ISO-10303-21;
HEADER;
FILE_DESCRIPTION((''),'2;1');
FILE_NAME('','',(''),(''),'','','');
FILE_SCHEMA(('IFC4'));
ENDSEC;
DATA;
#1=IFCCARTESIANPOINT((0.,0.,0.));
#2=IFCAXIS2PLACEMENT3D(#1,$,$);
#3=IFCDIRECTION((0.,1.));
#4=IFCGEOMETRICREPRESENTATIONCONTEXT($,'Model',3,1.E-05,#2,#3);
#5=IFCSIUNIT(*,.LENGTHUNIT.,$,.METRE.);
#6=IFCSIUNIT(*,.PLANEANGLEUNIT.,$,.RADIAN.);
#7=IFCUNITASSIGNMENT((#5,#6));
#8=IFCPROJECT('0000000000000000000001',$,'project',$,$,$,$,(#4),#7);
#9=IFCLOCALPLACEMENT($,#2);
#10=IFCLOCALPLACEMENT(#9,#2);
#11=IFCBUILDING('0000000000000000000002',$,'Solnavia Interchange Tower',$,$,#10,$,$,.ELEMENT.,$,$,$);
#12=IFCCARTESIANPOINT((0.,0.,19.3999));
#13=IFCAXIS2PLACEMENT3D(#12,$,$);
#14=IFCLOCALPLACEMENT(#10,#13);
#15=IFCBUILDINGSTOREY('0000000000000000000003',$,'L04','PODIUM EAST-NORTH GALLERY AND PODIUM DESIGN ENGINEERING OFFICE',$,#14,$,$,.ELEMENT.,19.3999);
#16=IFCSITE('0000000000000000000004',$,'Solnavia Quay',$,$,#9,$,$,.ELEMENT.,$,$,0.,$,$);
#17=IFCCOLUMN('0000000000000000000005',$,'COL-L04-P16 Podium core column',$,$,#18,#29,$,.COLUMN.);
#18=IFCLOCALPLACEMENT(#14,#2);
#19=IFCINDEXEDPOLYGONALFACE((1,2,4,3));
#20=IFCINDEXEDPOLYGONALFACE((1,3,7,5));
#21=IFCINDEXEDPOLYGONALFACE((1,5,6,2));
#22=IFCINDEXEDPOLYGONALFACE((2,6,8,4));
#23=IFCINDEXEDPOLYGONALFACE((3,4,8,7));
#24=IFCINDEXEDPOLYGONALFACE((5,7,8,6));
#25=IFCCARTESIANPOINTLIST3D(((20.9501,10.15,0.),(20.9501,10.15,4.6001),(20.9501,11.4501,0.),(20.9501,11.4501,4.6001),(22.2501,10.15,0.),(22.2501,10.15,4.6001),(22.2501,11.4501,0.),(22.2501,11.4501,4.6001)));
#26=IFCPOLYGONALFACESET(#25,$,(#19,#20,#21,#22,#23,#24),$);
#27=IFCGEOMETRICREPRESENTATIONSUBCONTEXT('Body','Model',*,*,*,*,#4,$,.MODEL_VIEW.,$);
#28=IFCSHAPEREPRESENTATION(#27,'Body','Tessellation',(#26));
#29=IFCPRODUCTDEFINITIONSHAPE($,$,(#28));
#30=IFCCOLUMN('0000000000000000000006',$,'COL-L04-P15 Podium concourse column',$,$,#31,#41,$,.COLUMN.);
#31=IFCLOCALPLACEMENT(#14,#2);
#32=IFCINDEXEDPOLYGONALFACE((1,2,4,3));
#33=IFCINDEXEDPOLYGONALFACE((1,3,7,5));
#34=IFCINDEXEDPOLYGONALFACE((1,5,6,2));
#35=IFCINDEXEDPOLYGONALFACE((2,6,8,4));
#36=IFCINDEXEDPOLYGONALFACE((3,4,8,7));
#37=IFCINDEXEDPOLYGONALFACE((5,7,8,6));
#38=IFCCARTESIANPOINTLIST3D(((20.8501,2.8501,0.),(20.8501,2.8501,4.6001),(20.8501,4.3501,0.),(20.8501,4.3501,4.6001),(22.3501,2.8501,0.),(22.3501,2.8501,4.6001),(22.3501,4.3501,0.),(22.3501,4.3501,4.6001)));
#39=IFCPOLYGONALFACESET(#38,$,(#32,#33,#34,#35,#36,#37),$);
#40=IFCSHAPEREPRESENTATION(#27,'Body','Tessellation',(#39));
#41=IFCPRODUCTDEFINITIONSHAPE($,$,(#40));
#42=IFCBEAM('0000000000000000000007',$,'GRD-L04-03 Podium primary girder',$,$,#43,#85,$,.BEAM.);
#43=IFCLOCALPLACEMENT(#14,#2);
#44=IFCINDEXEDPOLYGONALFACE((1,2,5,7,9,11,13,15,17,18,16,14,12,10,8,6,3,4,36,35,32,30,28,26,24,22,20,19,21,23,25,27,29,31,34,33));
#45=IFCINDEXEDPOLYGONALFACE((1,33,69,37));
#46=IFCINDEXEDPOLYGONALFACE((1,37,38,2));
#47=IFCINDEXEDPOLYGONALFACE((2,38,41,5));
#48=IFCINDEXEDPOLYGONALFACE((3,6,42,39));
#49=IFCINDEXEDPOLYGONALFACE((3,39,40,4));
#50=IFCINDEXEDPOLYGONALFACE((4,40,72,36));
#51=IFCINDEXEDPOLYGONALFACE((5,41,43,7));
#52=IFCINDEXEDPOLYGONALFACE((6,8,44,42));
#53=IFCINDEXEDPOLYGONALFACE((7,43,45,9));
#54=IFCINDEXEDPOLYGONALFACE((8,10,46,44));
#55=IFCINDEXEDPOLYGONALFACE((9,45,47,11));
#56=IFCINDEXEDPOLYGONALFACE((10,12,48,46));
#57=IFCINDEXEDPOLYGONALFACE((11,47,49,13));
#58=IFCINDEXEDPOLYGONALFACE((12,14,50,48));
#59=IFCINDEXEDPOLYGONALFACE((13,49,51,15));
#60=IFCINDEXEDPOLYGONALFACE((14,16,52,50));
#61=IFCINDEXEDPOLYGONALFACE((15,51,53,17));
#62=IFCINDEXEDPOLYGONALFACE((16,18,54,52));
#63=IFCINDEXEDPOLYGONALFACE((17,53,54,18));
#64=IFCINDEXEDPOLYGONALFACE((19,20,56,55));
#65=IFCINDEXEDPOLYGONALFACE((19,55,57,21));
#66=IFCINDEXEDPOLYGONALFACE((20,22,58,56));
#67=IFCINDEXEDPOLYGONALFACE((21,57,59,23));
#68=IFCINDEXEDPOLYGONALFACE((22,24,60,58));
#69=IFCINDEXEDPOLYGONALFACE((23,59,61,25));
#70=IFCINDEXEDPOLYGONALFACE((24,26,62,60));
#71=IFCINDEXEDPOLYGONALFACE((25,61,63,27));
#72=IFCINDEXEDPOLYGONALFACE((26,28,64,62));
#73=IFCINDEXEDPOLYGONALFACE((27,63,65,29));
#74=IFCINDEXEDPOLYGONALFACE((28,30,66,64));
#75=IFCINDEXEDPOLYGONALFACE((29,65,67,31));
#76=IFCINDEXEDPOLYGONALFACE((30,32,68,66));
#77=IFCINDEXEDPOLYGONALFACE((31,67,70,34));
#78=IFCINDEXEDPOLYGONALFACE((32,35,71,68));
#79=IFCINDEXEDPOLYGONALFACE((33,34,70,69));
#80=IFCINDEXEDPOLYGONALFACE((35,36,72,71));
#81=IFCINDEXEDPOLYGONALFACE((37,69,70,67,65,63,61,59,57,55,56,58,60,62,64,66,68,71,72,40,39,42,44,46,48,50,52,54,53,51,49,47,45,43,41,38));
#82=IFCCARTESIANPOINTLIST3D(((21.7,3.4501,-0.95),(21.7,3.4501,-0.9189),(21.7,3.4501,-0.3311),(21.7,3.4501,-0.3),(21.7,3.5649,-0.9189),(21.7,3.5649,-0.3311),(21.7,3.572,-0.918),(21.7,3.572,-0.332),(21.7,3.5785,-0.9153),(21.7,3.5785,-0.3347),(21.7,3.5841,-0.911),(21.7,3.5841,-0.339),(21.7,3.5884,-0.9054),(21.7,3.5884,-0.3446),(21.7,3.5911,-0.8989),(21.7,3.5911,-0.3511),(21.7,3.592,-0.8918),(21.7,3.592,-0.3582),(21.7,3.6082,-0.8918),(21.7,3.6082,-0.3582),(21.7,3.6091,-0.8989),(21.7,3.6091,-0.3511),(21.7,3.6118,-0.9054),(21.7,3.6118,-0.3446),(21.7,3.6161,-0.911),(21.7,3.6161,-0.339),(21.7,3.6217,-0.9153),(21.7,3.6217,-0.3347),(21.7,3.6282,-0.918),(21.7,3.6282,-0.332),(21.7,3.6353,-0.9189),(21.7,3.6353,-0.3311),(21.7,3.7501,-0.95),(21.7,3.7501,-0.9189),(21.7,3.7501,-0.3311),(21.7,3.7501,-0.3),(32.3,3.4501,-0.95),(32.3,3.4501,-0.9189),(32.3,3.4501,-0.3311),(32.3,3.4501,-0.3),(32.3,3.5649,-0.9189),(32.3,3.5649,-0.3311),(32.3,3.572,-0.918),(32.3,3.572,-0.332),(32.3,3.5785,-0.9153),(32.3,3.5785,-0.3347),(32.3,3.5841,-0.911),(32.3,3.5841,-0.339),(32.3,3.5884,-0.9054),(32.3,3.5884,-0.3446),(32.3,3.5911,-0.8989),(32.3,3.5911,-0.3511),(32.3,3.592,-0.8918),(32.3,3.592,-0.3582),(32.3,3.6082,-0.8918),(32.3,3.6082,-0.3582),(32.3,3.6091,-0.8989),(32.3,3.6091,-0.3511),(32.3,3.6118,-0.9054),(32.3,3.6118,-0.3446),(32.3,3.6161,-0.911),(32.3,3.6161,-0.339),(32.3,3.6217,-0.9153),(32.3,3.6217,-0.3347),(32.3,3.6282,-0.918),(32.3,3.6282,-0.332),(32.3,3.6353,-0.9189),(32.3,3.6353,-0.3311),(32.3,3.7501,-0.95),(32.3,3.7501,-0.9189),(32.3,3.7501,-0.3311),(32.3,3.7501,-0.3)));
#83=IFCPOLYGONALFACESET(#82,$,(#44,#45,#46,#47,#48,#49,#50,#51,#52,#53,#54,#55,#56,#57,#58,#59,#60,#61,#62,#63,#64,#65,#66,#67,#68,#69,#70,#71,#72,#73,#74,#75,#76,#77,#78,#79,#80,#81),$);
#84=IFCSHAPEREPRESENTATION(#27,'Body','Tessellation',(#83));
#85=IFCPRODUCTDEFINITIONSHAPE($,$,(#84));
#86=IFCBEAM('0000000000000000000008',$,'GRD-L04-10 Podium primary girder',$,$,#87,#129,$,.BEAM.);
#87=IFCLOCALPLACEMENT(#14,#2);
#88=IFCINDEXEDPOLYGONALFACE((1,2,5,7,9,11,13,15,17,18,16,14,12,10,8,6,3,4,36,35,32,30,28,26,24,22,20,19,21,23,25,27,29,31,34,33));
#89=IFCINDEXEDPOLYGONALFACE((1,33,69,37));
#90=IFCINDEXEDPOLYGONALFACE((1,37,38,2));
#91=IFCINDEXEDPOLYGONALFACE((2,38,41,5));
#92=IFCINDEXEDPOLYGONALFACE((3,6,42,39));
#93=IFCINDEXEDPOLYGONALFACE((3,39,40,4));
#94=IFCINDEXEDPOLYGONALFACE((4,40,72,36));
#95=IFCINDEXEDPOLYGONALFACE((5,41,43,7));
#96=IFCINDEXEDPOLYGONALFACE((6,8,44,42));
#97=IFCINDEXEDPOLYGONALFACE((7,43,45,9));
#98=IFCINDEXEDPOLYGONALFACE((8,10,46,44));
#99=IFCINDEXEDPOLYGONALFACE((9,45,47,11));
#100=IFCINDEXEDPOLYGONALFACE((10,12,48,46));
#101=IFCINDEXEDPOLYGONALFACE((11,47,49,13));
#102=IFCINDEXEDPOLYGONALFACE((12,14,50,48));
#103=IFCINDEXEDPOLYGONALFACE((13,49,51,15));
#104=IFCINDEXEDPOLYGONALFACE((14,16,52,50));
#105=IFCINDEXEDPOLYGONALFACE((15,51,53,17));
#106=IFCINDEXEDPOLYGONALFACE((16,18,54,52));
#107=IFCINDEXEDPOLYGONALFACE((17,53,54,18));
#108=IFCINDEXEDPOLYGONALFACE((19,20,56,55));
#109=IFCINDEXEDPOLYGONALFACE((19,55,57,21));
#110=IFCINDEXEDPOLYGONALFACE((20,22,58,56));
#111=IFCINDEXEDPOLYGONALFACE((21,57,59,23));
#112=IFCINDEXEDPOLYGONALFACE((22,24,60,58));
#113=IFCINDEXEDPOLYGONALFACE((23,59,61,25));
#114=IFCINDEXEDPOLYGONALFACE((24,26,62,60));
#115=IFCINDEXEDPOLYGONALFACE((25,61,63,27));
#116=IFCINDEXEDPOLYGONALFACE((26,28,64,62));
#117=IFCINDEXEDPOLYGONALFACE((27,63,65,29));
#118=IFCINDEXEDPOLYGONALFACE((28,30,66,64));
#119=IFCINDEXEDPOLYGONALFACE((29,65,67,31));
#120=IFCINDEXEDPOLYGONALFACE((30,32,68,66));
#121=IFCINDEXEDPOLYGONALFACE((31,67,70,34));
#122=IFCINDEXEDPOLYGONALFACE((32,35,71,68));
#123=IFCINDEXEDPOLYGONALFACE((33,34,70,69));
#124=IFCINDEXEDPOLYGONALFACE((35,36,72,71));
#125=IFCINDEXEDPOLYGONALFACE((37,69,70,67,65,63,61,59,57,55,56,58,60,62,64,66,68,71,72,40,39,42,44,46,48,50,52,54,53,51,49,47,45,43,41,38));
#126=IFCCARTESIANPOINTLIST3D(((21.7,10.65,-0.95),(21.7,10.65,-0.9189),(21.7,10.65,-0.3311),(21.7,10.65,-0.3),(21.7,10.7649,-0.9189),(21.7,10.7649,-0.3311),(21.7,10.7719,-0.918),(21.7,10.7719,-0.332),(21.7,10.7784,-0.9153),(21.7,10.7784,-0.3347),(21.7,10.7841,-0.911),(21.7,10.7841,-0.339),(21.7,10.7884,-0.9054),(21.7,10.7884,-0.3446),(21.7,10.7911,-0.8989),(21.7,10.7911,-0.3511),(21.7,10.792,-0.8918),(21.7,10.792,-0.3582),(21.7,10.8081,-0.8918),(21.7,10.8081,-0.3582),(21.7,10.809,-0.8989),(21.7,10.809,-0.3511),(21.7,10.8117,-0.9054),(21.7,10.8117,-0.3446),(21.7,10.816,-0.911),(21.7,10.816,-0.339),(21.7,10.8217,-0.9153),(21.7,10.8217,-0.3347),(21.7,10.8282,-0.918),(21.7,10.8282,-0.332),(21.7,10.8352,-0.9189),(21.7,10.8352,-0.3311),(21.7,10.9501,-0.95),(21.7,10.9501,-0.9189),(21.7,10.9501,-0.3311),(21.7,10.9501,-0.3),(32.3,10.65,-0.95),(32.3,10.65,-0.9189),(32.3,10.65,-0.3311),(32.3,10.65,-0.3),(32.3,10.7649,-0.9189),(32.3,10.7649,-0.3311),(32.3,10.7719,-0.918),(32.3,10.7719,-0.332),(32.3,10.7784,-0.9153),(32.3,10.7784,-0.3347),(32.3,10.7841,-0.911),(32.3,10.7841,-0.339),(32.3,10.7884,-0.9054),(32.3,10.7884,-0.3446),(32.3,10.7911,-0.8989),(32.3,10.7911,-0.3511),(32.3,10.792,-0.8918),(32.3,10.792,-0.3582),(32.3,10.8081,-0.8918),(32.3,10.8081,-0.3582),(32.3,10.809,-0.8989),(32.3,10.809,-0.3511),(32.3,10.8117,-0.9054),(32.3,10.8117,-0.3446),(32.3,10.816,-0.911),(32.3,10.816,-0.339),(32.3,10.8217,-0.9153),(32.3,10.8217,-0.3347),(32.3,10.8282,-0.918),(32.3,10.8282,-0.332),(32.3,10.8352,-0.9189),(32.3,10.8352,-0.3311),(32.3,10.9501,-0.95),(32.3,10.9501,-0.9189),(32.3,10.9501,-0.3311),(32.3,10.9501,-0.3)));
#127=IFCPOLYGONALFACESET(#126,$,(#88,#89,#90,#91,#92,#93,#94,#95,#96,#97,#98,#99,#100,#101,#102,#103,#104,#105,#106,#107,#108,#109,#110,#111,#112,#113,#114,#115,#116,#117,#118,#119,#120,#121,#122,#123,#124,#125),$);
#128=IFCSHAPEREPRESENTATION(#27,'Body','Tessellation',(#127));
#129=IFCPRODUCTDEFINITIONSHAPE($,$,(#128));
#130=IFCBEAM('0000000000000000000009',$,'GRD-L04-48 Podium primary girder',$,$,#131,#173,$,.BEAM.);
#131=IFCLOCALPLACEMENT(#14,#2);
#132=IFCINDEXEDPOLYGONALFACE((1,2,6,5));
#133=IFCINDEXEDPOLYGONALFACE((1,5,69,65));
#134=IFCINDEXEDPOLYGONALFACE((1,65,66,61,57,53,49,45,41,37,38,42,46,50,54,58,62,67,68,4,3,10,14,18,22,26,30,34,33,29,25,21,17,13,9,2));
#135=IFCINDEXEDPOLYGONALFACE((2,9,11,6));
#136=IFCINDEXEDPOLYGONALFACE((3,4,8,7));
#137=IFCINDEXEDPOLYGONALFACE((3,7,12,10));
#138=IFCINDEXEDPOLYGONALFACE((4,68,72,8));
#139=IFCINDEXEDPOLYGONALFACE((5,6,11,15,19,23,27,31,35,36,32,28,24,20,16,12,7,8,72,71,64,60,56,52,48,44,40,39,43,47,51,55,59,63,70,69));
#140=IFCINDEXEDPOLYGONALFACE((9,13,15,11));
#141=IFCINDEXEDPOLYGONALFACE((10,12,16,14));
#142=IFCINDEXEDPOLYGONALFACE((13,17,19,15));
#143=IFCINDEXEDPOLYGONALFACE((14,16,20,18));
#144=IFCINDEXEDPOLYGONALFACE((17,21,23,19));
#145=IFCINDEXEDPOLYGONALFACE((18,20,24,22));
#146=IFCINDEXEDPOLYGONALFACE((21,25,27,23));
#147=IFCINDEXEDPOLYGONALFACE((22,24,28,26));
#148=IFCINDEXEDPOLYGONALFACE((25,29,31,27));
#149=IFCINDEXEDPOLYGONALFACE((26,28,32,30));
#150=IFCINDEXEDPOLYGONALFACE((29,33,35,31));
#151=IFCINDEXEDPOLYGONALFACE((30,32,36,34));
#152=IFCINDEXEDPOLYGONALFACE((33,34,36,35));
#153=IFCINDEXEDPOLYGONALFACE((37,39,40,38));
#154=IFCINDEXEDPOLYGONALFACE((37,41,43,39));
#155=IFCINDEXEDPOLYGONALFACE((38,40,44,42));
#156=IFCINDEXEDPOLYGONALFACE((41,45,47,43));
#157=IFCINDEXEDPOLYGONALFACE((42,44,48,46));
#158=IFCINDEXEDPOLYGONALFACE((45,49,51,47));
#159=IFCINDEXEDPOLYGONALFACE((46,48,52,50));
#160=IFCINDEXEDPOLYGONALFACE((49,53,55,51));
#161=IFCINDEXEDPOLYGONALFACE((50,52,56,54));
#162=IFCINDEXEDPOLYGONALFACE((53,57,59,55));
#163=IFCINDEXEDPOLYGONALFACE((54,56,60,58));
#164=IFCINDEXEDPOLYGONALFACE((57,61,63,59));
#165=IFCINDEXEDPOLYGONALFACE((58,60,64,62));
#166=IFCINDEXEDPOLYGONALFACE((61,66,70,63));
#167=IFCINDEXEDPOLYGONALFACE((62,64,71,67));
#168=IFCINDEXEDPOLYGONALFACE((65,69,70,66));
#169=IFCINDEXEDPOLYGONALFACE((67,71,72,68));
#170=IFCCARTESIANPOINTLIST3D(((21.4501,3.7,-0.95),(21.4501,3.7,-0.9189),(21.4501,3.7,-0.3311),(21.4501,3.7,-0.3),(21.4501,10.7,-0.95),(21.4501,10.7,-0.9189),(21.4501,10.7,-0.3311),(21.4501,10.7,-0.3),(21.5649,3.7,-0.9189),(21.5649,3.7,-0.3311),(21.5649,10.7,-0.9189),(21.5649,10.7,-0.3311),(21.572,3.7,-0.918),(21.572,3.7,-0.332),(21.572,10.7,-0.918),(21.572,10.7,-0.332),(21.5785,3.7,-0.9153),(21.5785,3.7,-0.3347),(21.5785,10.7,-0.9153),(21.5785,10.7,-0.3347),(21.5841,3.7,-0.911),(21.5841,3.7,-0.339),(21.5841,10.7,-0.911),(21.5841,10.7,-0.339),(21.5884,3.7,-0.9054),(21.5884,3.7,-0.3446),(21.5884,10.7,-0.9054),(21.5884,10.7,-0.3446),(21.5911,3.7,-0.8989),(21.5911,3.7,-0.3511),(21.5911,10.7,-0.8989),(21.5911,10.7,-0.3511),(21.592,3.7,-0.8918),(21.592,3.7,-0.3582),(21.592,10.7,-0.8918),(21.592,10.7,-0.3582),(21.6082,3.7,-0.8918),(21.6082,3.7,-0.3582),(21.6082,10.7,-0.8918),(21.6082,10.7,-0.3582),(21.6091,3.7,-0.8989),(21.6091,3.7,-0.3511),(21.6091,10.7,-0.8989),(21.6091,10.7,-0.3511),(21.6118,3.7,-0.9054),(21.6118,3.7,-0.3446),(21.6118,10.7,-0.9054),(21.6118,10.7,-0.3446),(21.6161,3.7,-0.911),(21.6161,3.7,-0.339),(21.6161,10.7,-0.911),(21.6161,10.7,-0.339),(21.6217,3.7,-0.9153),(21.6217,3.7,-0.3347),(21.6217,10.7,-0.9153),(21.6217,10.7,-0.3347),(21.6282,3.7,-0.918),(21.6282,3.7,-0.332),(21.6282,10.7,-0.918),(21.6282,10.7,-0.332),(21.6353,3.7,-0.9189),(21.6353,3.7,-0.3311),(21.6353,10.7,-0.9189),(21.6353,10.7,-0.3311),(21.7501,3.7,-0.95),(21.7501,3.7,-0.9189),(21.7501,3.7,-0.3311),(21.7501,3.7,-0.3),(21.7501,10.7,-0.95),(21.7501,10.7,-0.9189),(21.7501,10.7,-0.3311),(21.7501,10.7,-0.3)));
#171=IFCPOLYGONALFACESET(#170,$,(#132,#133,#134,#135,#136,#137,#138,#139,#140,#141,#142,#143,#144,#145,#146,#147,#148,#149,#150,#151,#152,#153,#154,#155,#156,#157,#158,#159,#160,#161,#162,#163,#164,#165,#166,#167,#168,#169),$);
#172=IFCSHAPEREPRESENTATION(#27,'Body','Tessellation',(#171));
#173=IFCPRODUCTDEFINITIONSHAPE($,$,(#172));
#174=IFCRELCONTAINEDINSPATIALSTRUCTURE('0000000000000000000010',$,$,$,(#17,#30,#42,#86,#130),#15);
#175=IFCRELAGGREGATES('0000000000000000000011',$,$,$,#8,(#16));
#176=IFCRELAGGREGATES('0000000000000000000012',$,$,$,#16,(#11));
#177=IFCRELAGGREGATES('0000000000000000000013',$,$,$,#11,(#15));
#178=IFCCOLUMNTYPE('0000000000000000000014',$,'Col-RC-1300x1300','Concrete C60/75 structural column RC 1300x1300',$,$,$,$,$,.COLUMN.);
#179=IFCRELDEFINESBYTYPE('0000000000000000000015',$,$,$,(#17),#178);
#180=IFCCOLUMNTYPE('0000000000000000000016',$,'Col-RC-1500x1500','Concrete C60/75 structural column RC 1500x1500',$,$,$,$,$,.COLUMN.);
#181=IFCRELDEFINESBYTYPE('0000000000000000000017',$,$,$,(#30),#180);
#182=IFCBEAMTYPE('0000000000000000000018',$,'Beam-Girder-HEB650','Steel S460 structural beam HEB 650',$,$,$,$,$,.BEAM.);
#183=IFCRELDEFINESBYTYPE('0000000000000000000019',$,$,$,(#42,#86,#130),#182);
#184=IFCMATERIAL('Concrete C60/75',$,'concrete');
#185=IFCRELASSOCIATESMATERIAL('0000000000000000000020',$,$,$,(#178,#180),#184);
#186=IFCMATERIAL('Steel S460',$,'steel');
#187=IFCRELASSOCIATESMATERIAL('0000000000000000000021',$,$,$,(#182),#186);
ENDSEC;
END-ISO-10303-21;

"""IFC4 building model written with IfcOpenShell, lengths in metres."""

from ifc_helpers import new_model, si_unit, direction, frame, origin, origin_2d, place, context, subcontext, project, spatial, rectangle, i_section, extrude, material, material_profile, profile_set, type_object, element, save


model = new_model("IFC4")

# Units and contexts
model_context = context("Model", 3, precision=1e-05, world=origin(), true_north=direction((0.0, 1.0)))
body_context = subcontext(model_context, "Body", "Model", "MODEL_VIEW")
ifc_project = project(units=[si_unit("LENGTHUNIT", "METRE"), si_unit("PLANEANGLEUNIT", "RADIAN")], contexts=[model_context])

# Site, building, storey
site_placement = place(None, origin())
site = spatial("IfcSite", under=ifc_project, at=site_placement, Name="Solnavia Quay", CompositionType="ELEMENT", RefElevation=0.0)
building_placement = place(site_placement, origin())
building = spatial("IfcBuilding", under=site, at=building_placement, Name="Solnavia Interchange Tower", CompositionType="ELEMENT")
storey_placement = place(building_placement, frame((0.0, 0.0, 19.3999)))
storey = spatial("IfcBuildingStorey", under=building, at=storey_placement, Name="L04", Description="PODIUM EAST-NORTH GALLERY AND PODIUM DESIGN ENGINEERING OFFICE", CompositionType="ELEMENT", Elevation=19.3999)

# Columns
ifc_material_1 = material(Name="Concrete C60/75", Category="concrete")
ifc_material_profile_1 = material_profile(ifc_material_1, rectangle(XDim=1.3, YDim=1.3, at=origin_2d()), Name="RC 1300x1300")
ifc_profile_set_1 = profile_set([ifc_material_profile_1], Name="Concrete C60/75")
column_type_1 = type_object("IfcColumnType", Name="Col-RC-1300x1300", Description="Concrete C60/75 structural column RC 1300x1300", PredefinedType="COLUMN", material=ifc_profile_set_1)
column_1_placement = place(storey_placement, frame((21.6001, 10.8, 0.0), z_axis=(0.0, 0.0, 1.0), x_axis=(1.0, 0.0, 0.0)))
element("IfcColumn", 1, at=column_1_placement, inside=storey, type_object=column_type_1, Name="COL-L04-P16 Podium core column", PredefinedType="COLUMN", context=body_context, shape_type="SweptSolid", body=[
    extrude(rectangle(XDim=1.3, YDim=1.3, at=origin_2d()), origin(), (0.0, 0.0, 1.0), 4.6001),
])
ifc_material_profile_2 = material_profile(ifc_material_1, rectangle(XDim=1.5, YDim=1.5, at=origin_2d()), Name="RC 1500x1500")
ifc_profile_set_2 = profile_set([ifc_material_profile_2], Name="Concrete C60/75")
column_type_2 = type_object("IfcColumnType", Name="Col-RC-1500x1500", Description="Concrete C60/75 structural column RC 1500x1500", PredefinedType="COLUMN", material=ifc_profile_set_2)
column_2_placement = place(storey_placement, frame((21.6001, 3.6001, 0.0), z_axis=(0.0, 0.0, 1.0), x_axis=(1.0, 0.0, 0.0)))
element("IfcColumn", 2, at=column_2_placement, inside=storey, type_object=column_type_2, Name="COL-L04-P15 Podium concourse column", PredefinedType="COLUMN", context=body_context, shape_type="SweptSolid", body=[
    extrude(rectangle(XDim=1.5, YDim=1.5, at=origin_2d()), origin(), (0.0, 0.0, 1.0), 4.6001),
])

# Beams
ifc_material_2 = material(Name="Steel S460", Category="steel")
ifc_material_profile_3 = material_profile(ifc_material_2, i_section(OverallWidth=0.3, OverallDepth=0.6499, WebThickness=0.0161, FlangeThickness=0.031, FilletRadius=0.0271, at=origin_2d()), Name="HEB 650")
ifc_profile_set_3 = profile_set([ifc_material_profile_3], Name="Steel S460")
beam_type_1 = type_object("IfcBeamType", Name="Beam-Girder-HEB650", Description="Steel S460 structural beam HEB 650", PredefinedType="BEAM", material=ifc_profile_set_3)
for number, where, z_axis, x_axis, name in (
    (3, (21.7, 3.6001, -0.625), (1.0, 0.0, 0.0), (0.0, 1.0, 0.0), "GRD-L04-03 Podium primary girder"),
    (4, (21.7, 10.8, -0.625), (1.0, 0.0, 0.0), (0.0, 1.0, 0.0), "GRD-L04-10 Podium primary girder"),
):
    element("IfcBeam", number, at=place(storey_placement, frame(where, z_axis=z_axis, x_axis=x_axis)), inside=storey, type_object=beam_type_1, Name=name, PredefinedType="BEAM", context=body_context, shape_type="SweptSolid", body=[
        extrude(i_section(OverallWidth=0.3, OverallDepth=0.6499, WebThickness=0.0161, FlangeThickness=0.031, FilletRadius=0.0271, at=origin_2d()), origin(), (0.0, 0.0, 1.0), 10.6001),
    ])
beam_placement = place(storey_placement, frame((21.6001, 3.7, -0.625), z_axis=(0.0, 1.0, 0.0), x_axis=(-1.0, 0.0, 0.0)))
element("IfcBeam", 5, at=beam_placement, inside=storey, type_object=beam_type_1, Name="GRD-L04-48 Podium primary girder", PredefinedType="BEAM", context=body_context, shape_type="SweptSolid", body=[
    extrude(i_section(OverallWidth=0.3, OverallDepth=0.6499, WebThickness=0.0161, FlangeThickness=0.031, FilletRadius=0.0271, at=origin_2d()), origin(), (0.0, 0.0, 1.0), 7.0),
])

save(model, "model.ifc")
